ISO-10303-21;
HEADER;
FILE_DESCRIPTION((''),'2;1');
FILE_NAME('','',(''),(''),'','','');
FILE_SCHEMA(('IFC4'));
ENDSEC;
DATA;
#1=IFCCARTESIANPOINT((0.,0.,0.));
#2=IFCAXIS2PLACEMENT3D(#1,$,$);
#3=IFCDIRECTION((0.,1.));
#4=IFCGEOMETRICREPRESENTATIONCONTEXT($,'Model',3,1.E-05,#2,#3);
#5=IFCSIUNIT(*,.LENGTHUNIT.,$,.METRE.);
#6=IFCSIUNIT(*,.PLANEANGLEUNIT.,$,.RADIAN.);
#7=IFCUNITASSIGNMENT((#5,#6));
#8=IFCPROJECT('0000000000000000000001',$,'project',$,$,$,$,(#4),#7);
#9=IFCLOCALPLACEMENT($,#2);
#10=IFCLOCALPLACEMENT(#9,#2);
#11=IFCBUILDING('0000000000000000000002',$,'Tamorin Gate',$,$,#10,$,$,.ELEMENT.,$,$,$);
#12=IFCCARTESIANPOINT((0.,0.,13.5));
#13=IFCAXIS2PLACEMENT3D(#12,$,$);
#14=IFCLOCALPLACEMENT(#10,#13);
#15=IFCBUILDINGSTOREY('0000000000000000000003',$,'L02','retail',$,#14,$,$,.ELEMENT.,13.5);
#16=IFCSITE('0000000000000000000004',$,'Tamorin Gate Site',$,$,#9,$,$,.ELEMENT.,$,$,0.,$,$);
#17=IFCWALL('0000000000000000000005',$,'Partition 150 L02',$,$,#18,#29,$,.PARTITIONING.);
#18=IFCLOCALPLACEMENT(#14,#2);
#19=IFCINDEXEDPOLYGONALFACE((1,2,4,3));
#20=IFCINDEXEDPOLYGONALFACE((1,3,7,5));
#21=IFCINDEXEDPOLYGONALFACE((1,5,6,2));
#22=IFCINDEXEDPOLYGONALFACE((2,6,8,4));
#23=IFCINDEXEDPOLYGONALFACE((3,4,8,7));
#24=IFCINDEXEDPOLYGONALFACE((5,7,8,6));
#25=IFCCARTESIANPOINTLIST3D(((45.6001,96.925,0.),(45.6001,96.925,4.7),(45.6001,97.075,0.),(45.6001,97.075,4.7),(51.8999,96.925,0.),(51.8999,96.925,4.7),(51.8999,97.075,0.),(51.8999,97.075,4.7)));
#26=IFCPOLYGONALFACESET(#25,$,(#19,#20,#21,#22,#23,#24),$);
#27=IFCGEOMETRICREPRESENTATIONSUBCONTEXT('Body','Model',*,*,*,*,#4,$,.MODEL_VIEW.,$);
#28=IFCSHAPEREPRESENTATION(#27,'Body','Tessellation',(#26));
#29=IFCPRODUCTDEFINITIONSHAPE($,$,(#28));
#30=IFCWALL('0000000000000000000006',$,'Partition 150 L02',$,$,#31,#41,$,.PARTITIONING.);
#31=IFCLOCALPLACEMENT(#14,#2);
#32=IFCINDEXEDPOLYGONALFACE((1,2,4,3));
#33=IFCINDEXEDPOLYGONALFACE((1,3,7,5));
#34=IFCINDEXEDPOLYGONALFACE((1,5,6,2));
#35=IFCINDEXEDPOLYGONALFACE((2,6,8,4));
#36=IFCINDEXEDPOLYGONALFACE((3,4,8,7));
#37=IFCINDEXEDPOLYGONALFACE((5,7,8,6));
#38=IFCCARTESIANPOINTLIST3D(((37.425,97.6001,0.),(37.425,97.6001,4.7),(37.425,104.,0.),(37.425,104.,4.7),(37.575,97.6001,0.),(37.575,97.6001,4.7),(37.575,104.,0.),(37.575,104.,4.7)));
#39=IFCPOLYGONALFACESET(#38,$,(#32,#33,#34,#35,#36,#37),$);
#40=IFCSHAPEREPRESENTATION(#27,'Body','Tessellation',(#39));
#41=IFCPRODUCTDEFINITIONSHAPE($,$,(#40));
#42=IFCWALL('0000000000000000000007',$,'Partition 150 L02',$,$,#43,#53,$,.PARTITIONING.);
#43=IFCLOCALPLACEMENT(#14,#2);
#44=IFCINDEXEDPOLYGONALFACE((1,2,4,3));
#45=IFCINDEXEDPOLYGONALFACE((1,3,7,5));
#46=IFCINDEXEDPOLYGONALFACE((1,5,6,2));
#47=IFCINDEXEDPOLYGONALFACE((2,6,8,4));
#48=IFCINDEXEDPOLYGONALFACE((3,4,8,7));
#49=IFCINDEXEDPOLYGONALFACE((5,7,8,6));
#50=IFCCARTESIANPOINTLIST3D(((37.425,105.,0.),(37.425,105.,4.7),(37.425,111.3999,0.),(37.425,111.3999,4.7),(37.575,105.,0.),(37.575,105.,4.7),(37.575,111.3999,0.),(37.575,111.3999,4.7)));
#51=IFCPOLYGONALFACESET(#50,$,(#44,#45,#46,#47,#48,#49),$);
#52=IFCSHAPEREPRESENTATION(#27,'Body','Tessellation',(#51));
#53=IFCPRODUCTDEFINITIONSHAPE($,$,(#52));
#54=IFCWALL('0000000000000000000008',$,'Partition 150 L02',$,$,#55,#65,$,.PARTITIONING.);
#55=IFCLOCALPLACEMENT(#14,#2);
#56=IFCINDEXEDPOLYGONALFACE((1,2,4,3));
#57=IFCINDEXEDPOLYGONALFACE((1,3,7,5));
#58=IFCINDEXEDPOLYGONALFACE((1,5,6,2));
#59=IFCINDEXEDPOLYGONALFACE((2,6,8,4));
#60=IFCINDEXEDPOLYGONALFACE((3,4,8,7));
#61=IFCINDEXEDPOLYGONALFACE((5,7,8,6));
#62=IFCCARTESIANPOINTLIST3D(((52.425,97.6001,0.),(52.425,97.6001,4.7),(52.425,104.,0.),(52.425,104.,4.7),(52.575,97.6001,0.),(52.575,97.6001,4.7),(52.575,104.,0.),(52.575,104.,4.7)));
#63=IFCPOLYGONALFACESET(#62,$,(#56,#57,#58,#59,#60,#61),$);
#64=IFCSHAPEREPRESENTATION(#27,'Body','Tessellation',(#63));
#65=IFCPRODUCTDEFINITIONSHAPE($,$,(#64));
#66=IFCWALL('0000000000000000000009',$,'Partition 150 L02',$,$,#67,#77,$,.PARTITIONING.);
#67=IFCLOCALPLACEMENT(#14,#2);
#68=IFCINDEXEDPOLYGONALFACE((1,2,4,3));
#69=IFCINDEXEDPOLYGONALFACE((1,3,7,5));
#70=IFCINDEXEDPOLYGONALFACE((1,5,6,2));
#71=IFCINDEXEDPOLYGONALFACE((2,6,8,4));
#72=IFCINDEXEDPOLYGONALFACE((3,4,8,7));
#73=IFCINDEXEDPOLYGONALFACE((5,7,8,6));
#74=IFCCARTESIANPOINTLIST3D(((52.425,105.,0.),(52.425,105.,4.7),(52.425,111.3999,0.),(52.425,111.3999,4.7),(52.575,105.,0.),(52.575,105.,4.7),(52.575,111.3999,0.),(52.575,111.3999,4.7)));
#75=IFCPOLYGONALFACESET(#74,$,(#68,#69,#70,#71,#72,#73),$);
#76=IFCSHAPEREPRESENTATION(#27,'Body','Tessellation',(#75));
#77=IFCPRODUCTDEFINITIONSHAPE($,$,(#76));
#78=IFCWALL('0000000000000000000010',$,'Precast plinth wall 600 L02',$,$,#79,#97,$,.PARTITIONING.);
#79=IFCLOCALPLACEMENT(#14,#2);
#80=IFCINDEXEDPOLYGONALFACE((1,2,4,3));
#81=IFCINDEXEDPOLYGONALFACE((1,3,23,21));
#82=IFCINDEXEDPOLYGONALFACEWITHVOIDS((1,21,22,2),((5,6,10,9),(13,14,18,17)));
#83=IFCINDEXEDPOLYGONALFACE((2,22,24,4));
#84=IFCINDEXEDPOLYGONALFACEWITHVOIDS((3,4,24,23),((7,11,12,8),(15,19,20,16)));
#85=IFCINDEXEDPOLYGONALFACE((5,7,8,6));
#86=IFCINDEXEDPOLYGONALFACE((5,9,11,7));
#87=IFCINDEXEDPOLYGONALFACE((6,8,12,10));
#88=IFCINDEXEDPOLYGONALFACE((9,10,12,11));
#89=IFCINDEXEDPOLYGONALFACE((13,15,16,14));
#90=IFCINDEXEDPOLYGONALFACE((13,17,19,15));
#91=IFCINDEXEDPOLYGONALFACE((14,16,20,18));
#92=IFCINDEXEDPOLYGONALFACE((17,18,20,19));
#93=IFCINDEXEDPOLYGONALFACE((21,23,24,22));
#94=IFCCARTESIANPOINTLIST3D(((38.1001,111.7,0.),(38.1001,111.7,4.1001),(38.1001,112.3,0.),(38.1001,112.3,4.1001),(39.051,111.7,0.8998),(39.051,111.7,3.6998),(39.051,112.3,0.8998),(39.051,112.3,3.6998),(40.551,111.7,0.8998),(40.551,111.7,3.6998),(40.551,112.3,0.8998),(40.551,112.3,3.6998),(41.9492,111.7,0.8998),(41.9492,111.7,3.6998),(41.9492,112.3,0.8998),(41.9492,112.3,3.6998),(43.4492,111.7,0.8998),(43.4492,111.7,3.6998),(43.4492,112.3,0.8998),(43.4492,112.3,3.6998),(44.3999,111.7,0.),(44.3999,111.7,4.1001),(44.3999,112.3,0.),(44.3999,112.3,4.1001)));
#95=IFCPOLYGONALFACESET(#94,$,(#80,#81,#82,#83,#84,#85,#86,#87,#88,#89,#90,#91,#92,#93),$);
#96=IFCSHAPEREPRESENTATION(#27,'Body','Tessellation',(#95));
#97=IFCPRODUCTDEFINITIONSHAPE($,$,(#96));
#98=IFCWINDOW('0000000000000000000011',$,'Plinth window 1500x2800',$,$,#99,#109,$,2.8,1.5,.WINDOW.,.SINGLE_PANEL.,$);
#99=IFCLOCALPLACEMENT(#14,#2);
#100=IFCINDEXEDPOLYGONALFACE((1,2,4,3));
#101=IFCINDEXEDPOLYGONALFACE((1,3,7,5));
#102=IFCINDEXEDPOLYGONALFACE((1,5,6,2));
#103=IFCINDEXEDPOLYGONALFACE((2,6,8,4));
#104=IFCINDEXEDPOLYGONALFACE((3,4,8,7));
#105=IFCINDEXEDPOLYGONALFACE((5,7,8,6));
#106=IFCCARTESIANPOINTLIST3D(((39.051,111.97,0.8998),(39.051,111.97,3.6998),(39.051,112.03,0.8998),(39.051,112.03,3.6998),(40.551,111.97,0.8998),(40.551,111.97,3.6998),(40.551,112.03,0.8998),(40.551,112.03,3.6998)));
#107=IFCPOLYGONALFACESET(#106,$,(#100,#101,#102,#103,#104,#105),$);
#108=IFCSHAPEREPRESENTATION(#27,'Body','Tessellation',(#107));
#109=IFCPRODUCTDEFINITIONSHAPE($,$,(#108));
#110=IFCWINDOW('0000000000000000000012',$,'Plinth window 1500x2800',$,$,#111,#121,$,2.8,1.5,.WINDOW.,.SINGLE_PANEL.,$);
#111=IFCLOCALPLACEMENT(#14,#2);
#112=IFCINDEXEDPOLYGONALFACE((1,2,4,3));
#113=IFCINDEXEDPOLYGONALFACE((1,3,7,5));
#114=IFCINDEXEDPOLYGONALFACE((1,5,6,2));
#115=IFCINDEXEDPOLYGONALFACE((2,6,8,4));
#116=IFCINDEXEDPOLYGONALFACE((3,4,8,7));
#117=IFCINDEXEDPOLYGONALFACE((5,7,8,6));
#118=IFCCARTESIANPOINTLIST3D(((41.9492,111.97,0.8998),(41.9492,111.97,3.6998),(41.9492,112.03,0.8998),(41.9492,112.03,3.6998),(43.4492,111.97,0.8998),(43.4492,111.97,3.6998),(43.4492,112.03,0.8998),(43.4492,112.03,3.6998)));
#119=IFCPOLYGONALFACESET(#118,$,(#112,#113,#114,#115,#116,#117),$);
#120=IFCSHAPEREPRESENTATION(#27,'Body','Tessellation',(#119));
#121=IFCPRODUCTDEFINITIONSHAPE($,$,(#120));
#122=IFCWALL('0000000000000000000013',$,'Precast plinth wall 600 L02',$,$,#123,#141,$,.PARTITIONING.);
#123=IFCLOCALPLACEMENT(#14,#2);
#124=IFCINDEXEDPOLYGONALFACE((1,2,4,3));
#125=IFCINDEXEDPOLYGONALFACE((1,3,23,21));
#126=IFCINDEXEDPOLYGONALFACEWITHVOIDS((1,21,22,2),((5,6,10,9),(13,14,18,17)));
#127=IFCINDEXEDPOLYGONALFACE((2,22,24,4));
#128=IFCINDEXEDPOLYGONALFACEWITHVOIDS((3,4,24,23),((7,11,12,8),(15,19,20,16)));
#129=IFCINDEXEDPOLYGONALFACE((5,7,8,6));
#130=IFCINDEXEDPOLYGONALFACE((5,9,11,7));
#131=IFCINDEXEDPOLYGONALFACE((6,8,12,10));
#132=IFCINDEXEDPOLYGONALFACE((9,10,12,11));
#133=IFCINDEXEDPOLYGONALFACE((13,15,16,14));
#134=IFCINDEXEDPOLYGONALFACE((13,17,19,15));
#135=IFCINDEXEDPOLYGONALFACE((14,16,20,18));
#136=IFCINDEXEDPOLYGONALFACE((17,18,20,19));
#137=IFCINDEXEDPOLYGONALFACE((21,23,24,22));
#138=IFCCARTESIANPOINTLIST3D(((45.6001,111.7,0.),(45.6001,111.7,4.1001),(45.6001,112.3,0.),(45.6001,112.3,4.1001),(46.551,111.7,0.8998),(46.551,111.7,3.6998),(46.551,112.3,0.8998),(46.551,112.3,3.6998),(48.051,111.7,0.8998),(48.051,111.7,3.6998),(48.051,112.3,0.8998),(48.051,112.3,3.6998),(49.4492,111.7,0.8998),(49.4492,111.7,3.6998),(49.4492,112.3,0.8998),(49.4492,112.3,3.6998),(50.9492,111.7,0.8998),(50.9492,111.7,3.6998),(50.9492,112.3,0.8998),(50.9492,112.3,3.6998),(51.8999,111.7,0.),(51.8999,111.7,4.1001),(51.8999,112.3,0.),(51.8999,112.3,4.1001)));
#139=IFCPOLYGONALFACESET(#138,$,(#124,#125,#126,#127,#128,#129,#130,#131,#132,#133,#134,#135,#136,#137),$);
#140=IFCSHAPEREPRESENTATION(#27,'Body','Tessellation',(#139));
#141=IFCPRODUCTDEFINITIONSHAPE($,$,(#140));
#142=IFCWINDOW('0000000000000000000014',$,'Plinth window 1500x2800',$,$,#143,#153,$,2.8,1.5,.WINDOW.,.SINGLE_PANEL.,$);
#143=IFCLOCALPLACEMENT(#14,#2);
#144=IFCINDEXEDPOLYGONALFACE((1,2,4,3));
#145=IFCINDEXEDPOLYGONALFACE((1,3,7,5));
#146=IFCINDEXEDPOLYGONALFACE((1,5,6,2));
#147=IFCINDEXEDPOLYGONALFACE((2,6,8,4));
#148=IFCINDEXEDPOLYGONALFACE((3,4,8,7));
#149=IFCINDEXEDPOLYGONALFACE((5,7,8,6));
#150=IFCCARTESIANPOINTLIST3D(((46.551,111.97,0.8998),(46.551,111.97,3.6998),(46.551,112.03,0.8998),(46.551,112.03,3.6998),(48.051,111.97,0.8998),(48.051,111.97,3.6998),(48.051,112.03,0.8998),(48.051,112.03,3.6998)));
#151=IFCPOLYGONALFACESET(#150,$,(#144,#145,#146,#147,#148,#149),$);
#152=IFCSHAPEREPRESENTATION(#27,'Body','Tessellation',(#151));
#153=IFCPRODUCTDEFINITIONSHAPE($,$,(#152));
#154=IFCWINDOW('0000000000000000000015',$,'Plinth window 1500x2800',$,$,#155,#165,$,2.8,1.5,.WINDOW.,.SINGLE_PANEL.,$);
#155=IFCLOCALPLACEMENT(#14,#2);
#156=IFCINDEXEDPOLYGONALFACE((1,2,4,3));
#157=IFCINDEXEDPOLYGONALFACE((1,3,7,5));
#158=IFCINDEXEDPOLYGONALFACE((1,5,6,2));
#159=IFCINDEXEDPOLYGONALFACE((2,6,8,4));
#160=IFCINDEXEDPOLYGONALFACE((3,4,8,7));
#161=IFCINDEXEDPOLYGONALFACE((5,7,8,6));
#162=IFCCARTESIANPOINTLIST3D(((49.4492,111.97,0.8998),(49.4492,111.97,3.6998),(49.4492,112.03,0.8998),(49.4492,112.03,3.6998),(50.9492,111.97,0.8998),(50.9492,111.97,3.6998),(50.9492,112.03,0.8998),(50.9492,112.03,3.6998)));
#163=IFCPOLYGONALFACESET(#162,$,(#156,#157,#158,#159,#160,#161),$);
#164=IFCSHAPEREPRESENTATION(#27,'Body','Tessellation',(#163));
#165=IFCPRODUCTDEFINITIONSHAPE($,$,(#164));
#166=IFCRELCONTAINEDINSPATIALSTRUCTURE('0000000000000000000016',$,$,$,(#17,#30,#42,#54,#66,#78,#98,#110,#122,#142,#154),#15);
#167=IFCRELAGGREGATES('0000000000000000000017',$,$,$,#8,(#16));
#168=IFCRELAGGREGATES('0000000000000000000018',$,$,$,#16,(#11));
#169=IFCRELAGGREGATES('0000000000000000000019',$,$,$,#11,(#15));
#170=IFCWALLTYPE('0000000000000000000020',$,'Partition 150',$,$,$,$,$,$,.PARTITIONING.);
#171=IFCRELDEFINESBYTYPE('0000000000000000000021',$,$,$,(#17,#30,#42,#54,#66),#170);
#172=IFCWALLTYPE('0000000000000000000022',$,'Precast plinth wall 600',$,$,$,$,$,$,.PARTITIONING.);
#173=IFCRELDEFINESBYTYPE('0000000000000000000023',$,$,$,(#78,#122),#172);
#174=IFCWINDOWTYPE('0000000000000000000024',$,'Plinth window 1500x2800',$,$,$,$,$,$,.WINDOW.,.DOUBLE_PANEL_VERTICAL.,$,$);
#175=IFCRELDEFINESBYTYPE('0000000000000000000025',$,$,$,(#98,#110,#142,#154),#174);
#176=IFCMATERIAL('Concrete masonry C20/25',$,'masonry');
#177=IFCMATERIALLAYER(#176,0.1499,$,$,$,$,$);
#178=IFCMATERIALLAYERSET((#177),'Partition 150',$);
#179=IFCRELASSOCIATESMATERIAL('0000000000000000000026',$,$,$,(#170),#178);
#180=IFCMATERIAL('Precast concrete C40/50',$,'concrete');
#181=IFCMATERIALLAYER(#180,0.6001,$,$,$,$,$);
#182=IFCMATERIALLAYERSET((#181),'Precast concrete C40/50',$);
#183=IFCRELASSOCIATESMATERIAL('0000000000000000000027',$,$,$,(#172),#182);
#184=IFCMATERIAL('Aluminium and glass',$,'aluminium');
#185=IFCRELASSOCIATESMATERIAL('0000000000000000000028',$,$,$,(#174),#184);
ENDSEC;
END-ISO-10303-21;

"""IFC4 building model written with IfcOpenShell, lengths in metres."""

from ifc_helpers import new_model, si_unit, direction, frame, frame_2d, origin, place, context, subcontext, project, spatial, rectangle, extrude, material, layer, layer_set, type_object, element, fill, save


model = new_model("IFC4")

# Units and contexts
model_context = context("Model", 3, precision=1e-05, world=origin(), true_north=direction((0.0, 1.0)))
body_context = subcontext(model_context, "Body", "Model", "MODEL_VIEW")
ifc_project = project(units=[si_unit("LENGTHUNIT", "METRE"), si_unit("PLANEANGLEUNIT", "RADIAN")], contexts=[model_context])

# Site, building, storey
site_placement = place(None, origin())
site = spatial("IfcSite", under=ifc_project, at=site_placement, Name="Tamorin Gate Site", CompositionType="ELEMENT", RefElevation=0.0)
building_placement = place(site_placement, origin())
building = spatial("IfcBuilding", under=site, at=building_placement, Name="Tamorin Gate", CompositionType="ELEMENT")
storey_placement = place(building_placement, frame((0.0, 0.0, 13.5)))
storey = spatial("IfcBuildingStorey", under=building, at=storey_placement, Name="L02", Description="retail", CompositionType="ELEMENT", Elevation=13.5)

# Shared definitions
ifc_material_1 = material(Name="Concrete masonry C20/25", Category="masonry")
ifc_layer_1 = layer(ifc_material_1, 0.1499)
ifc_layer_set_1 = layer_set([ifc_layer_1], Name="Partition 150")
wall_type_1 = type_object("IfcWallType", Name="Partition 150", PredefinedType="PARTITIONING", material=ifc_layer_set_1)

# Walls
wall_1_placement = place(storey_placement, frame((45.6001, 97.0, 0.0), z_axis=(0.0, 0.0, 1.0), x_axis=(1.0, 0.0, 0.0)))
element("IfcWall", 1, at=wall_1_placement, inside=storey, type_object=wall_type_1, Name="Partition 150 L02", PredefinedType="PARTITIONING", context=body_context, shape_type="SweptSolid", body=[
    extrude(rectangle(XDim=6.2998, YDim=0.1499, at=frame_2d((3.1499, 0.0))), origin(), (0.0, 0.0, 1.0), 4.7),
])
for number, where, z_axis, x_axis, name in (
    (2, (37.5, 97.6001, 0.0), (0.0, 0.0, 1.0), (0.0, 1.0, 0.0), "Partition 150 L02"),
    (3, (37.5, 105.0, 0.0), (0.0, 0.0, 1.0), (0.0, 1.0, 0.0), "Partition 150 L02"),
    (4, (52.5, 97.6001, 0.0), (0.0, 0.0, 1.0), (0.0, 1.0, 0.0), "Partition 150 L02"),
    (5, (52.5, 105.0, 0.0), (0.0, 0.0, 1.0), (0.0, 1.0, 0.0), "Partition 150 L02"),
):
    element("IfcWall", number, at=place(storey_placement, frame(where, z_axis=z_axis, x_axis=x_axis)), inside=storey, type_object=wall_type_1, Name=name, PredefinedType="PARTITIONING", context=body_context, shape_type="SweptSolid", body=[
        extrude(rectangle(XDim=6.3999, YDim=0.1499, at=frame_2d((3.2, 0.0))), origin(), (0.0, 0.0, 1.0), 4.7),
    ])

# Walls, openings, windows
ifc_material_2 = material(Name="Precast concrete C40/50", Category="concrete")
ifc_layer_2 = layer(ifc_material_2, 0.6001)
ifc_layer_set_2 = layer_set([ifc_layer_2], Name="Precast concrete C40/50")
wall_type_2 = type_object("IfcWallType", Name="Precast plinth wall 600", PredefinedType="PARTITIONING", material=ifc_layer_set_2)
wall_2_placement = place(storey_placement, frame((38.1001, 112.0, 0.0), z_axis=(0.0, 0.0, 1.0), x_axis=(1.0, 0.0, 0.0)))
wall_2 = element("IfcWall", 6, at=wall_2_placement, inside=storey, type_object=wall_type_2, Name="Precast plinth wall 600 L02", PredefinedType="PARTITIONING", context=body_context, shape_type="SweptSolid", body=[
    extrude(rectangle(XDim=6.2998, YDim=0.6001, at=frame_2d((3.1499, 0.0))), origin(), (0.0, 0.0, 1.0), 4.1001),
])
opening_1_placement = place(wall_2_placement, frame((0.9509, 0.0, 0.8999)))
opening_1 = element("IfcOpeningElement", 7, at=opening_1_placement, cuts=wall_2, PredefinedType="OPENING", context=body_context, shape_type="SweptSolid", body=[
    extrude(rectangle(XDim=1.5, YDim=2.8, at=frame_2d((0.75, 1.3999))), frame((0.0, 0.3101, 0.0), z_axis=(0.0, -1.0, 0.0), x_axis=(1.0, 0.0, 0.0)), (0.0, 0.0, 1.0), 0.6201),
])
opening_2_placement = place(wall_2_placement, frame((3.8491, 0.0, 0.8999)))
opening_2 = element("IfcOpeningElement", 8, at=opening_2_placement, cuts=wall_2, PredefinedType="OPENING", context=body_context, shape_type="SweptSolid", body=[
    extrude(rectangle(XDim=1.5, YDim=2.8, at=frame_2d((0.75, 1.3999))), frame((0.0, 0.3101, 0.0), z_axis=(0.0, -1.0, 0.0), x_axis=(1.0, 0.0, 0.0)), (0.0, 0.0, 1.0), 0.6201),
])
ifc_material_3 = material(Name="Aluminium and glass", Category="aluminium")
window_type = type_object("IfcWindowType", Name="Plinth window 1500x2800", PartitioningType="DOUBLE_PANEL_VERTICAL", PredefinedType="WINDOW", material=ifc_material_3)
window_1_placement = place(opening_1_placement, origin())
window_1 = element("IfcWindow", 9, at=window_1_placement, inside=storey, type_object=window_type, Name="Plinth window 1500x2800", OverallHeight=2.8, OverallWidth=1.5, PartitioningType="SINGLE_PANEL", PredefinedType="WINDOW", context=body_context, shape_type="SweptSolid", body=[
    extrude(rectangle(XDim=1.5, YDim=2.8, at=frame_2d((0.75, 1.3999))), frame((0.0, 0.03, 0.0), z_axis=(0.0, -1.0, 0.0), x_axis=(1.0, 0.0, 0.0)), (0.0, 0.0, 1.0), 0.0601),
])
fill(opening_1, window_1)
window_2_placement = place(opening_2_placement, origin())
window_2 = element("IfcWindow", 10, at=window_2_placement, inside=storey, type_object=window_type, Name="Plinth window 1500x2800", OverallHeight=2.8, OverallWidth=1.5, PartitioningType="SINGLE_PANEL", PredefinedType="WINDOW", context=body_context, shape_type="SweptSolid", body=[
    extrude(rectangle(XDim=1.5, YDim=2.8, at=frame_2d((0.75, 1.3999))), frame((0.0, 0.03, 0.0), z_axis=(0.0, -1.0, 0.0), x_axis=(1.0, 0.0, 0.0)), (0.0, 0.0, 1.0), 0.0601),
])
fill(opening_2, window_2)
wall_3_placement = place(storey_placement, frame((45.6001, 112.0, 0.0), z_axis=(0.0, 0.0, 1.0), x_axis=(1.0, 0.0, 0.0)))
wall_3 = element("IfcWall", 11, at=wall_3_placement, inside=storey, type_object=wall_type_2, Name="Precast plinth wall 600 L02", PredefinedType="PARTITIONING", context=body_context, shape_type="SweptSolid", body=[
    extrude(rectangle(XDim=6.2998, YDim=0.6001, at=frame_2d((3.1499, 0.0))), origin(), (0.0, 0.0, 1.0), 4.1001),
])
opening_3_placement = place(wall_3_placement, frame((0.9509, 0.0, 0.8999)))
opening_3 = element("IfcOpeningElement", 12, at=opening_3_placement, cuts=wall_3, PredefinedType="OPENING", context=body_context, shape_type="SweptSolid", body=[
    extrude(rectangle(XDim=1.5, YDim=2.8, at=frame_2d((0.75, 1.3999))), frame((0.0, 0.3101, 0.0), z_axis=(0.0, -1.0, 0.0), x_axis=(1.0, 0.0, 0.0)), (0.0, 0.0, 1.0), 0.6201),
])
opening_4_placement = place(wall_3_placement, frame((3.8491, 0.0, 0.8999)))
opening_4 = element("IfcOpeningElement", 13, at=opening_4_placement, cuts=wall_3, PredefinedType="OPENING", context=body_context, shape_type="SweptSolid", body=[
    extrude(rectangle(XDim=1.5, YDim=2.8, at=frame_2d((0.75, 1.3999))), frame((0.0, 0.3101, 0.0), z_axis=(0.0, -1.0, 0.0), x_axis=(1.0, 0.0, 0.0)), (0.0, 0.0, 1.0), 0.6201),
])
window_3_placement = place(opening_3_placement, origin())
window_3 = element("IfcWindow", 14, at=window_3_placement, inside=storey, type_object=window_type, Name="Plinth window 1500x2800", OverallHeight=2.8, OverallWidth=1.5, PartitioningType="SINGLE_PANEL", PredefinedType="WINDOW", context=body_context, shape_type="SweptSolid", body=[
    extrude(rectangle(XDim=1.5, YDim=2.8, at=frame_2d((0.75, 1.3999))), frame((0.0, 0.03, 0.0), z_axis=(0.0, -1.0, 0.0), x_axis=(1.0, 0.0, 0.0)), (0.0, 0.0, 1.0), 0.0601),
])
fill(opening_3, window_3)
window_4_placement = place(opening_4_placement, origin())
window_4 = element("IfcWindow", 15, at=window_4_placement, inside=storey, type_object=window_type, Name="Plinth window 1500x2800", OverallHeight=2.8, OverallWidth=1.5, PartitioningType="SINGLE_PANEL", PredefinedType="WINDOW", context=body_context, shape_type="SweptSolid", body=[
    extrude(rectangle(XDim=1.5, YDim=2.8, at=frame_2d((0.75, 1.3999))), frame((0.0, 0.03, 0.0), z_axis=(0.0, -1.0, 0.0), x_axis=(1.0, 0.0, 0.0)), (0.0, 0.0, 1.0), 0.0601),
])
fill(opening_4, window_4)

save(model, "model.ifc")
